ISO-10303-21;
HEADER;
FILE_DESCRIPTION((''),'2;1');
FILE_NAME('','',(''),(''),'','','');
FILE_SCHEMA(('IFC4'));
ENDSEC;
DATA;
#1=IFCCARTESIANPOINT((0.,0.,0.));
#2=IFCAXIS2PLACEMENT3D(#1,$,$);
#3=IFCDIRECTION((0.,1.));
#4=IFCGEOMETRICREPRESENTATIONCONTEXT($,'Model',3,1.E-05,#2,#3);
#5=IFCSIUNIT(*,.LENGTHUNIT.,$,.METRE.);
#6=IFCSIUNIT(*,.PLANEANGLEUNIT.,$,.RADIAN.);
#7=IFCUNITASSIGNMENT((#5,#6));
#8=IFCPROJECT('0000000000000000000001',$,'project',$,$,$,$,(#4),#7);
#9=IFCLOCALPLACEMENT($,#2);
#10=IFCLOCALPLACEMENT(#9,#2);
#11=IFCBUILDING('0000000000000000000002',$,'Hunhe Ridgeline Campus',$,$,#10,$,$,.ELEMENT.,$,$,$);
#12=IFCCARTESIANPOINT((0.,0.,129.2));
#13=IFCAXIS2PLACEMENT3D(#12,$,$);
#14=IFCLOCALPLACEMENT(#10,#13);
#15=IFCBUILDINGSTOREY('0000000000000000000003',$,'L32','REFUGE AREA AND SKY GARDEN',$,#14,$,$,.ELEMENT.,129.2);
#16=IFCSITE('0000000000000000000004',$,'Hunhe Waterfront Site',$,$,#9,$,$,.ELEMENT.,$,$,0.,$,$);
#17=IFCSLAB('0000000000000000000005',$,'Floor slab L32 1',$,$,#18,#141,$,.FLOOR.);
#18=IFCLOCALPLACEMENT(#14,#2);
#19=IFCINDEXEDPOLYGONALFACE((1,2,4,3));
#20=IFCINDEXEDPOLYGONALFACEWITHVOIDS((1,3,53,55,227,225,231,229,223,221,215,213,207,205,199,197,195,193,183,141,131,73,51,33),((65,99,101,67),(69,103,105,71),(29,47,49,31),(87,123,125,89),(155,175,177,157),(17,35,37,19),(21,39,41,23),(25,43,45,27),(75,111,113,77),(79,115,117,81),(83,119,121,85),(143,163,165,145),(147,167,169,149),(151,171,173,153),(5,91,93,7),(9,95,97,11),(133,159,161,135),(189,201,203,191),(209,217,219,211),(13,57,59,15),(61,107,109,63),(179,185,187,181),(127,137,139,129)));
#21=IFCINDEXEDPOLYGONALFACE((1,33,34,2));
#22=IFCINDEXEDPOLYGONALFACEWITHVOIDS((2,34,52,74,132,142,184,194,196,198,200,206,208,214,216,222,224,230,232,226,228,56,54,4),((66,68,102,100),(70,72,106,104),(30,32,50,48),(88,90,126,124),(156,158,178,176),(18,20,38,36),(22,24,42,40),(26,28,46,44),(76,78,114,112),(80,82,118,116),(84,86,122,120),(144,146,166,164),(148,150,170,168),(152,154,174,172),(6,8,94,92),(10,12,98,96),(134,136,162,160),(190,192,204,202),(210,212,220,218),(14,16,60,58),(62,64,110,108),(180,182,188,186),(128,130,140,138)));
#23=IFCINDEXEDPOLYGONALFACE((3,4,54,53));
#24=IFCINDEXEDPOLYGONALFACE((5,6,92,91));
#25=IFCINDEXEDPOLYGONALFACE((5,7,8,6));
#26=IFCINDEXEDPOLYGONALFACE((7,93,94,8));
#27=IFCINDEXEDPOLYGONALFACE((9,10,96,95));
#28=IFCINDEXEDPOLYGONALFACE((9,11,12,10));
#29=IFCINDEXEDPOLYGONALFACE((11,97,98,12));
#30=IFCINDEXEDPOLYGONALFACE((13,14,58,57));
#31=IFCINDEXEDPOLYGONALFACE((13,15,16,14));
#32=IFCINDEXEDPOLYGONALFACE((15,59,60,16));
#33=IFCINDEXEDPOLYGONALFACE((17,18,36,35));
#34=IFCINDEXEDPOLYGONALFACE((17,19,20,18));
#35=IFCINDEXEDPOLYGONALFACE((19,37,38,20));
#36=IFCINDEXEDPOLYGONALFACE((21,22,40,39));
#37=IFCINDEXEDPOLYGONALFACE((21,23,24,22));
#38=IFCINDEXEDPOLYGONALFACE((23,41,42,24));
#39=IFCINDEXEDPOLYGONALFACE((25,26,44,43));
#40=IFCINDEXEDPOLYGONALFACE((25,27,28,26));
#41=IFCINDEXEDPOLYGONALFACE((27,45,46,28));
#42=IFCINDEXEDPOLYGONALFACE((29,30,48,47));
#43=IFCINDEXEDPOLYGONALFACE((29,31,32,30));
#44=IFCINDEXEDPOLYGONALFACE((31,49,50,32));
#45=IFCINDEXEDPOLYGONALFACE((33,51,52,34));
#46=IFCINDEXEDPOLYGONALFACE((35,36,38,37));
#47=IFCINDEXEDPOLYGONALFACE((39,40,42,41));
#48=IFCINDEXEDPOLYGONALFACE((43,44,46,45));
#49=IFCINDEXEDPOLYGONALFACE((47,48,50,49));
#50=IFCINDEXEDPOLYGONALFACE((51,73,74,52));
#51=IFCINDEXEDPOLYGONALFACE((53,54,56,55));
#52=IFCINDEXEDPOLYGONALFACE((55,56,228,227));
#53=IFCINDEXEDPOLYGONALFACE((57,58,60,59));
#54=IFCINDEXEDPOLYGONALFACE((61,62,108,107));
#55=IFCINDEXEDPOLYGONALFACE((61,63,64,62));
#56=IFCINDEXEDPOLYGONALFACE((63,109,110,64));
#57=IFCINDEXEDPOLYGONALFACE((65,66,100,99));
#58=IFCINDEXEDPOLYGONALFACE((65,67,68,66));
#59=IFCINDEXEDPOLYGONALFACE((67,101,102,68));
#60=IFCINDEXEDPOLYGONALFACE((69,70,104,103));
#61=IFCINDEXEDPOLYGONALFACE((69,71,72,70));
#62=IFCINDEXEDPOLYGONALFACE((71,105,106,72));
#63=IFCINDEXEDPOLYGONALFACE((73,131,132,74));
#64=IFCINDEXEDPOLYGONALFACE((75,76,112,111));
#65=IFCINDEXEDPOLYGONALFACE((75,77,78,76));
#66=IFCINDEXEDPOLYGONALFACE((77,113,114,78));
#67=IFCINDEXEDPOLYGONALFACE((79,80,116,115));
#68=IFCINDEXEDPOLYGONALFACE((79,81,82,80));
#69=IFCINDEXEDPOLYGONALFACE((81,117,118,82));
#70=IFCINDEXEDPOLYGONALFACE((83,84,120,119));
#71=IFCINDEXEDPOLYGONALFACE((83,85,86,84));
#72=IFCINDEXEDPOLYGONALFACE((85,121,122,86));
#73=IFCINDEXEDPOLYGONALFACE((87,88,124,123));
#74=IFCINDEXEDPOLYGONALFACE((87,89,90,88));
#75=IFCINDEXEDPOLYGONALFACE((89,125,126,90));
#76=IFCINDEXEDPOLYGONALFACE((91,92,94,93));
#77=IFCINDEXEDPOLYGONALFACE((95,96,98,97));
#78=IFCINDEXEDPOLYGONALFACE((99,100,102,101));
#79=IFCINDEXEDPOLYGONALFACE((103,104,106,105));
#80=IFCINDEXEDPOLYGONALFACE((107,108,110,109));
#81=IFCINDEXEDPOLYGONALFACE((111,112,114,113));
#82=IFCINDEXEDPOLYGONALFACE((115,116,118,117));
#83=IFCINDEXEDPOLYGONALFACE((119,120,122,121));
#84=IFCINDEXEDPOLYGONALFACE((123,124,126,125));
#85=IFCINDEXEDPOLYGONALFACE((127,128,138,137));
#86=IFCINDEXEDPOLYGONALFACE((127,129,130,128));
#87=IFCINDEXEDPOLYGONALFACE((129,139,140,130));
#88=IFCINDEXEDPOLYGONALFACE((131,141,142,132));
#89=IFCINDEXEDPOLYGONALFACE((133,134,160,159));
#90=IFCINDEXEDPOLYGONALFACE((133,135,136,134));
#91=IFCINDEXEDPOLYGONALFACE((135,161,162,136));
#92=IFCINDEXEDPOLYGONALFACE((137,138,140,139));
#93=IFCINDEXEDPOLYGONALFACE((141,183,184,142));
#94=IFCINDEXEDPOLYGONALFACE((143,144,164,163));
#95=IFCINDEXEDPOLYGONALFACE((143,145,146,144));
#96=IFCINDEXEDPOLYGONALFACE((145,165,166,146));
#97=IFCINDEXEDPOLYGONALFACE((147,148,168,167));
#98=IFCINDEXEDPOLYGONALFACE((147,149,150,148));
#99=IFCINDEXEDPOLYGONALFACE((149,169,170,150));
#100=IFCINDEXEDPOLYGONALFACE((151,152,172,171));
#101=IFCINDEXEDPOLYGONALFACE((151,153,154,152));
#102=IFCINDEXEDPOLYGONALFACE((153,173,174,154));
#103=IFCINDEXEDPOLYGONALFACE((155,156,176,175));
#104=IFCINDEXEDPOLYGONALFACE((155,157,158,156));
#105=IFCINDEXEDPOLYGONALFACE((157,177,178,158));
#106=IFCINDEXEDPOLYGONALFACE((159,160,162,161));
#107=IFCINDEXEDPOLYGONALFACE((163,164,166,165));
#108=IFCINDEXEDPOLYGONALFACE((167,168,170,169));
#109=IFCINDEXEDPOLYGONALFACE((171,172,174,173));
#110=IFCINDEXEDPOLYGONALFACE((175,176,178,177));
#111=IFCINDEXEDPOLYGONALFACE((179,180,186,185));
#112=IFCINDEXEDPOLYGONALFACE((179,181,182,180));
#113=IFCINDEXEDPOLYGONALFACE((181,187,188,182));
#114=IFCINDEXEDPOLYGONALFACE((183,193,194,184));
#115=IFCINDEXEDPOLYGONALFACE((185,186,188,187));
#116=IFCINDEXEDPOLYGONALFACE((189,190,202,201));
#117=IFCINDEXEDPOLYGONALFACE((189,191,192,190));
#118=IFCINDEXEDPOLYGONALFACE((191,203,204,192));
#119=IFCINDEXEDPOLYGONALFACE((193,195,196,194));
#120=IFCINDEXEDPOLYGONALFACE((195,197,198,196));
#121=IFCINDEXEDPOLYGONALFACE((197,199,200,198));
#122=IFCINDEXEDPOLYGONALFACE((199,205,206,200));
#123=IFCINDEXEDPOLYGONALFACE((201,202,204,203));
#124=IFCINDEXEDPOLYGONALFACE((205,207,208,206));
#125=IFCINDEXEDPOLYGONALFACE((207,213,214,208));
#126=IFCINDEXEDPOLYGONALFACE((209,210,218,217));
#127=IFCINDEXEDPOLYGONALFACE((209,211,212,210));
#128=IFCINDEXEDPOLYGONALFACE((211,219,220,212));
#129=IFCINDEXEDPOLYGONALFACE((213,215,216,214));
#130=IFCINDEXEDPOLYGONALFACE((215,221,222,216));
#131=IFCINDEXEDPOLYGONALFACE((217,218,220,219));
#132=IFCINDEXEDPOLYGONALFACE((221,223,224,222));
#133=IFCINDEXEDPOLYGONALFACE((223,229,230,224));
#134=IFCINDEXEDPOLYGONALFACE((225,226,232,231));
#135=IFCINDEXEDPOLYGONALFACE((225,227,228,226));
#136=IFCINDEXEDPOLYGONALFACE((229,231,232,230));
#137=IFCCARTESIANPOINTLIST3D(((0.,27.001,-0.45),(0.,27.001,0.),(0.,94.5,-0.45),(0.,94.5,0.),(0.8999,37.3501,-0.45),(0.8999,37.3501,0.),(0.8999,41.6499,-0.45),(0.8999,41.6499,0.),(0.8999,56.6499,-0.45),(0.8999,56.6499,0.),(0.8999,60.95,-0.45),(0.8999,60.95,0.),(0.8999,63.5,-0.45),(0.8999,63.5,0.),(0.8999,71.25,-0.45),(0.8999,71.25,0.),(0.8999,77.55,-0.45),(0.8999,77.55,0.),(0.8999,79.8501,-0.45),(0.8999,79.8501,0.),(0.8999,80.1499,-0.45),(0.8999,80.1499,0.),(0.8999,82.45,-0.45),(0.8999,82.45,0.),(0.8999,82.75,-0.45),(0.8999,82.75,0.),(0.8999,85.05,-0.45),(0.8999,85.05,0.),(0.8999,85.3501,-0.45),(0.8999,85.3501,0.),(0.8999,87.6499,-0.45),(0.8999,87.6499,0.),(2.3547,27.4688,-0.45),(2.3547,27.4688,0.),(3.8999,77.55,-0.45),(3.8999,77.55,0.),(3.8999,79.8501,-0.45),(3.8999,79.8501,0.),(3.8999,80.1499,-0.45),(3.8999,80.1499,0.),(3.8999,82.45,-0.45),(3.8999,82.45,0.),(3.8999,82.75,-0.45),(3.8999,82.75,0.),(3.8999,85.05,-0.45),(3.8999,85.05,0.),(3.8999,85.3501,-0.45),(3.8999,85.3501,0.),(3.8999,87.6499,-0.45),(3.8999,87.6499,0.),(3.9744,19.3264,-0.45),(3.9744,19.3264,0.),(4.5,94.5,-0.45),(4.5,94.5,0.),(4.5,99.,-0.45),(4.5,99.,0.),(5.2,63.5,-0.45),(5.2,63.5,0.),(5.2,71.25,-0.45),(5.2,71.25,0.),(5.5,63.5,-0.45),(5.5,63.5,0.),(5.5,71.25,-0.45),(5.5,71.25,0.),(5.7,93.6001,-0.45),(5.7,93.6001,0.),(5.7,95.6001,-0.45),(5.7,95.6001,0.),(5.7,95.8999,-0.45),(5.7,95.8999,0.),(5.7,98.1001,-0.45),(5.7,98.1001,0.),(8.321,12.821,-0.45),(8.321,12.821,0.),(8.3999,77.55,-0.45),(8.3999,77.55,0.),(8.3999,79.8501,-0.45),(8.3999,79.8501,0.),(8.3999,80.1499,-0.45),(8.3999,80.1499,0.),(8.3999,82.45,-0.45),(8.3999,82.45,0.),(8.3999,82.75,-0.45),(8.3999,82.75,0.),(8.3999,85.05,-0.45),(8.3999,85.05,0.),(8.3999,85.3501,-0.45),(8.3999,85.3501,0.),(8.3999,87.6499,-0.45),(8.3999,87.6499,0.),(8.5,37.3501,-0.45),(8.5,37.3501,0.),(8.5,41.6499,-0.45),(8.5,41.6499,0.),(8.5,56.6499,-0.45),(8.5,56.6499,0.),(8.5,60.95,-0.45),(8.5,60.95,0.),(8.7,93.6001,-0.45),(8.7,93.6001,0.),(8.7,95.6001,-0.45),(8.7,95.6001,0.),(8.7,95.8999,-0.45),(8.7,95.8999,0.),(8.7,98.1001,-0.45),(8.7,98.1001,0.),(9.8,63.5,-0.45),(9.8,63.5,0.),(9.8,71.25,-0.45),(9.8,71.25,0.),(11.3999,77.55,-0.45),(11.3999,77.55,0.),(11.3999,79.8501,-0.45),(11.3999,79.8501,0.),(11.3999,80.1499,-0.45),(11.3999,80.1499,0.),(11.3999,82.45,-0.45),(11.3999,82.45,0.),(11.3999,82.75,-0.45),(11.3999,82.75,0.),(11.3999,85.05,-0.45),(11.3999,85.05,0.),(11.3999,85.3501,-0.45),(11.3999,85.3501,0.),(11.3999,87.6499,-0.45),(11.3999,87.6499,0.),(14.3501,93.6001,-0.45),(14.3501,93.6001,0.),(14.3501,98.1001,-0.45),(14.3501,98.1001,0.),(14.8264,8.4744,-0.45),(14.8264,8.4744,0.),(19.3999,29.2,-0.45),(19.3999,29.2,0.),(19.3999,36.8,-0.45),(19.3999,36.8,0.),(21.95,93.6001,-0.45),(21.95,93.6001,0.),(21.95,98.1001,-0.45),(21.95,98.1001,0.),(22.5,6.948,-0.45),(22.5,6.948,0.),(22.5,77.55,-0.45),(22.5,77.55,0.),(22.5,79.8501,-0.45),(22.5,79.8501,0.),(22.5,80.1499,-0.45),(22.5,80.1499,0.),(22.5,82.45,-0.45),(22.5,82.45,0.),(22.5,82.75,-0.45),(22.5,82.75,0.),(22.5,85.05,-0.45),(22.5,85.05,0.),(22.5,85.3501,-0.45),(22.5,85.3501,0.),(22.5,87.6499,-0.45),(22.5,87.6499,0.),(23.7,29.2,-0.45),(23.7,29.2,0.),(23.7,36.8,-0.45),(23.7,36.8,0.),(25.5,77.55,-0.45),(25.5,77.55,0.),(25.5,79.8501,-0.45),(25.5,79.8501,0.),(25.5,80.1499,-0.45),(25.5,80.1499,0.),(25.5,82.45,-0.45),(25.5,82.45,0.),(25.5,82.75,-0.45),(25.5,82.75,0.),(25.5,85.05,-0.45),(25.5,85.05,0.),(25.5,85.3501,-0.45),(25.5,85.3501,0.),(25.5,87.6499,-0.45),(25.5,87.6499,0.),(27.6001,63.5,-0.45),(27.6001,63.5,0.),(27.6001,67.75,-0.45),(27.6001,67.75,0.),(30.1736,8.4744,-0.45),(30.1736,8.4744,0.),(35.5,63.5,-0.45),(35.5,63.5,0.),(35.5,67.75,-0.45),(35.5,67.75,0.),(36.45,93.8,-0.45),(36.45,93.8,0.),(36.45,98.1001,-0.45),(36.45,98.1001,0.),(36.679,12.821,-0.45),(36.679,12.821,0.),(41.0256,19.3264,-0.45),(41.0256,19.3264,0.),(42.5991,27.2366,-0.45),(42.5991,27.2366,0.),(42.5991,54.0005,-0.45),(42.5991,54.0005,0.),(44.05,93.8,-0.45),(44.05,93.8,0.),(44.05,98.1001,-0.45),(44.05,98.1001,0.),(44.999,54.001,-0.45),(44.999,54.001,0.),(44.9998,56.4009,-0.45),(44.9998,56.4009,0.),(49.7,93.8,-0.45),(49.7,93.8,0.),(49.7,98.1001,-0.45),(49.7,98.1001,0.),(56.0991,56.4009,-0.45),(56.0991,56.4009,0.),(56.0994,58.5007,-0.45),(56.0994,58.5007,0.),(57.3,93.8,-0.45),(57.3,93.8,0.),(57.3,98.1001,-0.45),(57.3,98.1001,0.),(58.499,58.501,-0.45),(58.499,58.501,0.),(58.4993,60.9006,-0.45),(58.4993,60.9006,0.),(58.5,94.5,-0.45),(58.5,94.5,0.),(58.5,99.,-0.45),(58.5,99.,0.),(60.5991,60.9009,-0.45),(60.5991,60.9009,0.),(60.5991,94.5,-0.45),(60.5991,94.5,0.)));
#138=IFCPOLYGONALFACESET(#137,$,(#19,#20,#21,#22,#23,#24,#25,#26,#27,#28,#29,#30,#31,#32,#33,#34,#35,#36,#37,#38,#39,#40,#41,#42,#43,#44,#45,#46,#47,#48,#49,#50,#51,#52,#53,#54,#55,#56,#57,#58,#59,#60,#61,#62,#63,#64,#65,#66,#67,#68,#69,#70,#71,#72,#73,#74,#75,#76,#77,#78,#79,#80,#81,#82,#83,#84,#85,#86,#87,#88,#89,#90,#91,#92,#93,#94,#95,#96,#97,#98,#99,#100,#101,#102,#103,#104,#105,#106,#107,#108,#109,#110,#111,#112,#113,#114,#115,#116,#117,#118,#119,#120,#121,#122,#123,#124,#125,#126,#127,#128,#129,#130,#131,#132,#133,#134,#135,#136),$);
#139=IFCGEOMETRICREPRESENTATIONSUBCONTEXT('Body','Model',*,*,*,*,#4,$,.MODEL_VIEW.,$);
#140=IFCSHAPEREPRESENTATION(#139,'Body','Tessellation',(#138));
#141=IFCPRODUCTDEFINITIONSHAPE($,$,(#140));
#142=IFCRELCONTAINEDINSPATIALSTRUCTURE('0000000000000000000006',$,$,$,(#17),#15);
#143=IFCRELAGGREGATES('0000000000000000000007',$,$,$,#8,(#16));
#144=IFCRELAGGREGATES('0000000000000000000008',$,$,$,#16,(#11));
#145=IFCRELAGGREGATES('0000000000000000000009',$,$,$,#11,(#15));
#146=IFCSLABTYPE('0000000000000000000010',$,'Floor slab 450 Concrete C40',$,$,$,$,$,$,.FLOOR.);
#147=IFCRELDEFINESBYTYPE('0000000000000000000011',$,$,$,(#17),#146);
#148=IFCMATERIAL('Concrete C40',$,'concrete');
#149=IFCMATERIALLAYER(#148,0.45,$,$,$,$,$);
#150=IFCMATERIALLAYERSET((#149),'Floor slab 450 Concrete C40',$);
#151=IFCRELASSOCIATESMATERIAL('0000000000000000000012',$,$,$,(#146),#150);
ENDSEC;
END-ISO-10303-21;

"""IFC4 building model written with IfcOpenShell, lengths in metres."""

from ifc_helpers import new_model, si_unit, direction, frame, origin, place, context, subcontext, project, spatial, polyline, outline, extrude, material, layer, layer_set, type_object, element, save


model = new_model("IFC4")

# Units and contexts
model_context = context("Model", 3, precision=1e-05, world=origin(), true_north=direction((0.0, 1.0)))
body_context = subcontext(model_context, "Body", "Model", "MODEL_VIEW")
ifc_project = project(units=[si_unit("LENGTHUNIT", "METRE"), si_unit("PLANEANGLEUNIT", "RADIAN")], contexts=[model_context])

# Site, building, storey
site_placement = place(None, origin())
site = spatial("IfcSite", under=ifc_project, at=site_placement, Name="Hunhe Waterfront Site", CompositionType="ELEMENT", RefElevation=0.0)
building_placement = place(site_placement, origin())
building = spatial("IfcBuilding", under=site, at=building_placement, Name="Hunhe Ridgeline Campus", CompositionType="ELEMENT")
storey_placement = place(building_placement, frame((0.0, 0.0, 129.2)))
storey = spatial("IfcBuildingStorey", under=building, at=storey_placement, Name="L32", Description="REFUGE AREA AND SKY GARDEN", CompositionType="ELEMENT", Elevation=129.2)

# Slab
ifc_material_1 = material(Name="Concrete C40", Category="concrete")
ifc_layer_1 = layer(ifc_material_1, 0.45)
ifc_layer_set_1 = layer_set([ifc_layer_1], Name="Floor slab 450 Concrete C40")
slab_type_1 = type_object("IfcSlabType", Name="Floor slab 450 Concrete C40", PredefinedType="FLOOR", material=ifc_layer_set_1)
slab_1_placement = place(storey_placement, frame((0.0, 0.0, -0.45)))
element("IfcSlab", 1, at=slab_1_placement, inside=storey, type_object=slab_type_1, Name="Floor slab L32 1", PredefinedType="FLOOR", context=body_context, shape_type="SweptSolid", body=[
    extrude(outline(polyline([(0.0, 27.001), (2.3547, 27.4688), (3.9744, 19.3264), (8.321, 12.821), (14.8264, 8.4744), (22.5, 6.948), (30.1736, 8.4744), (36.679, 12.821), (41.0256, 19.3264), (42.5991, 27.2366), (42.5991, 54.0005), (44.999, 54.001), (44.9998, 56.4009), (56.0991, 56.4009), (56.0994, 58.5007), (58.499, 58.501), (58.4993, 60.9006), (60.5991, 60.9009), (60.5991, 94.5), (58.5, 94.5), (58.5, 99.0), (4.5, 99.0), (4.5, 94.5), (0.0, 94.5), (0.0, 27.001)]), holes=[polyline([(57.3, 93.8), (57.3, 98.1001), (49.7, 98.1001), (49.7, 93.8), (57.3, 93.8)]), polyline([(44.05, 98.1001), (36.45, 98.1001), (36.45, 93.8), (44.05, 93.8), (44.05, 98.1001)]), polyline([(27.6001, 67.75), (27.6001, 63.5), (35.5, 63.5), (35.5, 67.75), (27.6001, 67.75)]), polyline([(25.5, 85.3501), (25.5, 87.6499), (22.5, 87.6499), (22.5, 85.3501), (25.5, 85.3501)]), polyline([(25.5, 85.05), (22.5, 85.05), (22.5, 82.75), (25.5, 82.75), (25.5, 85.05)]), polyline([(22.5, 82.45), (22.5, 80.1499), (25.5, 80.1499), (25.5, 82.45), (22.5, 82.45)]), polyline([(22.5, 77.55), (25.5, 77.55), (25.5, 79.8501), (22.5, 79.8501), (22.5, 77.55)]), polyline([(19.3999, 29.2), (23.7, 29.2), (23.7, 36.8), (19.3999, 36.8), (19.3999, 29.2)]), polyline([(21.95, 98.1001), (14.3501, 98.1001), (14.3501, 93.6001), (21.95, 93.6001), (21.95, 98.1001)]), polyline([(8.3999, 82.45), (8.3999, 80.1499), (11.3999, 80.1499), (11.3999, 82.45), (8.3999, 82.45)]), polyline([(11.3999, 85.3501), (11.3999, 87.6499), (8.3999, 87.6499), (8.3999, 85.3501), (11.3999, 85.3501)]), polyline([(11.3999, 85.05), (8.3999, 85.05), (8.3999, 82.75), (11.3999, 82.75), (11.3999, 85.05)]), polyline([(8.3999, 77.55), (11.3999, 77.55), (11.3999, 79.8501), (8.3999, 79.8501), (8.3999, 77.55)]), polyline([(5.5, 63.5), (9.8, 63.5), (9.8, 71.25), (5.5, 71.25), (5.5, 63.5)]), polyline([(5.7, 98.1001), (5.7, 95.8999), (8.7, 95.8999), (8.7, 98.1001), (5.7, 98.1001)]), polyline([(5.7, 93.6001), (8.7, 93.6001), (8.7, 95.6001), (5.7, 95.6001), (5.7, 93.6001)]), polyline([(0.8999, 60.95), (0.8999, 56.6499), (8.5, 56.6499), (8.5, 60.95), (0.8999, 60.95)]), polyline([(0.8999, 37.3501), (8.5, 37.3501), (8.5, 41.6499), (0.8999, 41.6499), (0.8999, 37.3501)]), polyline([(5.2, 63.5), (5.2, 71.25), (0.8999, 71.25), (0.8999, 63.5), (5.2, 63.5)]), polyline([(3.8999, 85.3501), (3.8999, 87.6499), (0.8999, 87.6499), (0.8999, 85.3501), (3.8999, 85.3501)]), polyline([(3.8999, 85.05), (0.8999, 85.05), (0.8999, 82.75), (3.8999, 82.75), (3.8999, 85.05)]), polyline([(0.8999, 82.45), (0.8999, 80.1499), (3.8999, 80.1499), (3.8999, 82.45), (0.8999, 82.45)]), polyline([(0.8999, 77.55), (3.8999, 77.55), (3.8999, 79.8501), (0.8999, 79.8501), (0.8999, 77.55)])]), origin(), (0.0, 0.0, 1.0), 0.45),
])

save(model, "model.ifc")
